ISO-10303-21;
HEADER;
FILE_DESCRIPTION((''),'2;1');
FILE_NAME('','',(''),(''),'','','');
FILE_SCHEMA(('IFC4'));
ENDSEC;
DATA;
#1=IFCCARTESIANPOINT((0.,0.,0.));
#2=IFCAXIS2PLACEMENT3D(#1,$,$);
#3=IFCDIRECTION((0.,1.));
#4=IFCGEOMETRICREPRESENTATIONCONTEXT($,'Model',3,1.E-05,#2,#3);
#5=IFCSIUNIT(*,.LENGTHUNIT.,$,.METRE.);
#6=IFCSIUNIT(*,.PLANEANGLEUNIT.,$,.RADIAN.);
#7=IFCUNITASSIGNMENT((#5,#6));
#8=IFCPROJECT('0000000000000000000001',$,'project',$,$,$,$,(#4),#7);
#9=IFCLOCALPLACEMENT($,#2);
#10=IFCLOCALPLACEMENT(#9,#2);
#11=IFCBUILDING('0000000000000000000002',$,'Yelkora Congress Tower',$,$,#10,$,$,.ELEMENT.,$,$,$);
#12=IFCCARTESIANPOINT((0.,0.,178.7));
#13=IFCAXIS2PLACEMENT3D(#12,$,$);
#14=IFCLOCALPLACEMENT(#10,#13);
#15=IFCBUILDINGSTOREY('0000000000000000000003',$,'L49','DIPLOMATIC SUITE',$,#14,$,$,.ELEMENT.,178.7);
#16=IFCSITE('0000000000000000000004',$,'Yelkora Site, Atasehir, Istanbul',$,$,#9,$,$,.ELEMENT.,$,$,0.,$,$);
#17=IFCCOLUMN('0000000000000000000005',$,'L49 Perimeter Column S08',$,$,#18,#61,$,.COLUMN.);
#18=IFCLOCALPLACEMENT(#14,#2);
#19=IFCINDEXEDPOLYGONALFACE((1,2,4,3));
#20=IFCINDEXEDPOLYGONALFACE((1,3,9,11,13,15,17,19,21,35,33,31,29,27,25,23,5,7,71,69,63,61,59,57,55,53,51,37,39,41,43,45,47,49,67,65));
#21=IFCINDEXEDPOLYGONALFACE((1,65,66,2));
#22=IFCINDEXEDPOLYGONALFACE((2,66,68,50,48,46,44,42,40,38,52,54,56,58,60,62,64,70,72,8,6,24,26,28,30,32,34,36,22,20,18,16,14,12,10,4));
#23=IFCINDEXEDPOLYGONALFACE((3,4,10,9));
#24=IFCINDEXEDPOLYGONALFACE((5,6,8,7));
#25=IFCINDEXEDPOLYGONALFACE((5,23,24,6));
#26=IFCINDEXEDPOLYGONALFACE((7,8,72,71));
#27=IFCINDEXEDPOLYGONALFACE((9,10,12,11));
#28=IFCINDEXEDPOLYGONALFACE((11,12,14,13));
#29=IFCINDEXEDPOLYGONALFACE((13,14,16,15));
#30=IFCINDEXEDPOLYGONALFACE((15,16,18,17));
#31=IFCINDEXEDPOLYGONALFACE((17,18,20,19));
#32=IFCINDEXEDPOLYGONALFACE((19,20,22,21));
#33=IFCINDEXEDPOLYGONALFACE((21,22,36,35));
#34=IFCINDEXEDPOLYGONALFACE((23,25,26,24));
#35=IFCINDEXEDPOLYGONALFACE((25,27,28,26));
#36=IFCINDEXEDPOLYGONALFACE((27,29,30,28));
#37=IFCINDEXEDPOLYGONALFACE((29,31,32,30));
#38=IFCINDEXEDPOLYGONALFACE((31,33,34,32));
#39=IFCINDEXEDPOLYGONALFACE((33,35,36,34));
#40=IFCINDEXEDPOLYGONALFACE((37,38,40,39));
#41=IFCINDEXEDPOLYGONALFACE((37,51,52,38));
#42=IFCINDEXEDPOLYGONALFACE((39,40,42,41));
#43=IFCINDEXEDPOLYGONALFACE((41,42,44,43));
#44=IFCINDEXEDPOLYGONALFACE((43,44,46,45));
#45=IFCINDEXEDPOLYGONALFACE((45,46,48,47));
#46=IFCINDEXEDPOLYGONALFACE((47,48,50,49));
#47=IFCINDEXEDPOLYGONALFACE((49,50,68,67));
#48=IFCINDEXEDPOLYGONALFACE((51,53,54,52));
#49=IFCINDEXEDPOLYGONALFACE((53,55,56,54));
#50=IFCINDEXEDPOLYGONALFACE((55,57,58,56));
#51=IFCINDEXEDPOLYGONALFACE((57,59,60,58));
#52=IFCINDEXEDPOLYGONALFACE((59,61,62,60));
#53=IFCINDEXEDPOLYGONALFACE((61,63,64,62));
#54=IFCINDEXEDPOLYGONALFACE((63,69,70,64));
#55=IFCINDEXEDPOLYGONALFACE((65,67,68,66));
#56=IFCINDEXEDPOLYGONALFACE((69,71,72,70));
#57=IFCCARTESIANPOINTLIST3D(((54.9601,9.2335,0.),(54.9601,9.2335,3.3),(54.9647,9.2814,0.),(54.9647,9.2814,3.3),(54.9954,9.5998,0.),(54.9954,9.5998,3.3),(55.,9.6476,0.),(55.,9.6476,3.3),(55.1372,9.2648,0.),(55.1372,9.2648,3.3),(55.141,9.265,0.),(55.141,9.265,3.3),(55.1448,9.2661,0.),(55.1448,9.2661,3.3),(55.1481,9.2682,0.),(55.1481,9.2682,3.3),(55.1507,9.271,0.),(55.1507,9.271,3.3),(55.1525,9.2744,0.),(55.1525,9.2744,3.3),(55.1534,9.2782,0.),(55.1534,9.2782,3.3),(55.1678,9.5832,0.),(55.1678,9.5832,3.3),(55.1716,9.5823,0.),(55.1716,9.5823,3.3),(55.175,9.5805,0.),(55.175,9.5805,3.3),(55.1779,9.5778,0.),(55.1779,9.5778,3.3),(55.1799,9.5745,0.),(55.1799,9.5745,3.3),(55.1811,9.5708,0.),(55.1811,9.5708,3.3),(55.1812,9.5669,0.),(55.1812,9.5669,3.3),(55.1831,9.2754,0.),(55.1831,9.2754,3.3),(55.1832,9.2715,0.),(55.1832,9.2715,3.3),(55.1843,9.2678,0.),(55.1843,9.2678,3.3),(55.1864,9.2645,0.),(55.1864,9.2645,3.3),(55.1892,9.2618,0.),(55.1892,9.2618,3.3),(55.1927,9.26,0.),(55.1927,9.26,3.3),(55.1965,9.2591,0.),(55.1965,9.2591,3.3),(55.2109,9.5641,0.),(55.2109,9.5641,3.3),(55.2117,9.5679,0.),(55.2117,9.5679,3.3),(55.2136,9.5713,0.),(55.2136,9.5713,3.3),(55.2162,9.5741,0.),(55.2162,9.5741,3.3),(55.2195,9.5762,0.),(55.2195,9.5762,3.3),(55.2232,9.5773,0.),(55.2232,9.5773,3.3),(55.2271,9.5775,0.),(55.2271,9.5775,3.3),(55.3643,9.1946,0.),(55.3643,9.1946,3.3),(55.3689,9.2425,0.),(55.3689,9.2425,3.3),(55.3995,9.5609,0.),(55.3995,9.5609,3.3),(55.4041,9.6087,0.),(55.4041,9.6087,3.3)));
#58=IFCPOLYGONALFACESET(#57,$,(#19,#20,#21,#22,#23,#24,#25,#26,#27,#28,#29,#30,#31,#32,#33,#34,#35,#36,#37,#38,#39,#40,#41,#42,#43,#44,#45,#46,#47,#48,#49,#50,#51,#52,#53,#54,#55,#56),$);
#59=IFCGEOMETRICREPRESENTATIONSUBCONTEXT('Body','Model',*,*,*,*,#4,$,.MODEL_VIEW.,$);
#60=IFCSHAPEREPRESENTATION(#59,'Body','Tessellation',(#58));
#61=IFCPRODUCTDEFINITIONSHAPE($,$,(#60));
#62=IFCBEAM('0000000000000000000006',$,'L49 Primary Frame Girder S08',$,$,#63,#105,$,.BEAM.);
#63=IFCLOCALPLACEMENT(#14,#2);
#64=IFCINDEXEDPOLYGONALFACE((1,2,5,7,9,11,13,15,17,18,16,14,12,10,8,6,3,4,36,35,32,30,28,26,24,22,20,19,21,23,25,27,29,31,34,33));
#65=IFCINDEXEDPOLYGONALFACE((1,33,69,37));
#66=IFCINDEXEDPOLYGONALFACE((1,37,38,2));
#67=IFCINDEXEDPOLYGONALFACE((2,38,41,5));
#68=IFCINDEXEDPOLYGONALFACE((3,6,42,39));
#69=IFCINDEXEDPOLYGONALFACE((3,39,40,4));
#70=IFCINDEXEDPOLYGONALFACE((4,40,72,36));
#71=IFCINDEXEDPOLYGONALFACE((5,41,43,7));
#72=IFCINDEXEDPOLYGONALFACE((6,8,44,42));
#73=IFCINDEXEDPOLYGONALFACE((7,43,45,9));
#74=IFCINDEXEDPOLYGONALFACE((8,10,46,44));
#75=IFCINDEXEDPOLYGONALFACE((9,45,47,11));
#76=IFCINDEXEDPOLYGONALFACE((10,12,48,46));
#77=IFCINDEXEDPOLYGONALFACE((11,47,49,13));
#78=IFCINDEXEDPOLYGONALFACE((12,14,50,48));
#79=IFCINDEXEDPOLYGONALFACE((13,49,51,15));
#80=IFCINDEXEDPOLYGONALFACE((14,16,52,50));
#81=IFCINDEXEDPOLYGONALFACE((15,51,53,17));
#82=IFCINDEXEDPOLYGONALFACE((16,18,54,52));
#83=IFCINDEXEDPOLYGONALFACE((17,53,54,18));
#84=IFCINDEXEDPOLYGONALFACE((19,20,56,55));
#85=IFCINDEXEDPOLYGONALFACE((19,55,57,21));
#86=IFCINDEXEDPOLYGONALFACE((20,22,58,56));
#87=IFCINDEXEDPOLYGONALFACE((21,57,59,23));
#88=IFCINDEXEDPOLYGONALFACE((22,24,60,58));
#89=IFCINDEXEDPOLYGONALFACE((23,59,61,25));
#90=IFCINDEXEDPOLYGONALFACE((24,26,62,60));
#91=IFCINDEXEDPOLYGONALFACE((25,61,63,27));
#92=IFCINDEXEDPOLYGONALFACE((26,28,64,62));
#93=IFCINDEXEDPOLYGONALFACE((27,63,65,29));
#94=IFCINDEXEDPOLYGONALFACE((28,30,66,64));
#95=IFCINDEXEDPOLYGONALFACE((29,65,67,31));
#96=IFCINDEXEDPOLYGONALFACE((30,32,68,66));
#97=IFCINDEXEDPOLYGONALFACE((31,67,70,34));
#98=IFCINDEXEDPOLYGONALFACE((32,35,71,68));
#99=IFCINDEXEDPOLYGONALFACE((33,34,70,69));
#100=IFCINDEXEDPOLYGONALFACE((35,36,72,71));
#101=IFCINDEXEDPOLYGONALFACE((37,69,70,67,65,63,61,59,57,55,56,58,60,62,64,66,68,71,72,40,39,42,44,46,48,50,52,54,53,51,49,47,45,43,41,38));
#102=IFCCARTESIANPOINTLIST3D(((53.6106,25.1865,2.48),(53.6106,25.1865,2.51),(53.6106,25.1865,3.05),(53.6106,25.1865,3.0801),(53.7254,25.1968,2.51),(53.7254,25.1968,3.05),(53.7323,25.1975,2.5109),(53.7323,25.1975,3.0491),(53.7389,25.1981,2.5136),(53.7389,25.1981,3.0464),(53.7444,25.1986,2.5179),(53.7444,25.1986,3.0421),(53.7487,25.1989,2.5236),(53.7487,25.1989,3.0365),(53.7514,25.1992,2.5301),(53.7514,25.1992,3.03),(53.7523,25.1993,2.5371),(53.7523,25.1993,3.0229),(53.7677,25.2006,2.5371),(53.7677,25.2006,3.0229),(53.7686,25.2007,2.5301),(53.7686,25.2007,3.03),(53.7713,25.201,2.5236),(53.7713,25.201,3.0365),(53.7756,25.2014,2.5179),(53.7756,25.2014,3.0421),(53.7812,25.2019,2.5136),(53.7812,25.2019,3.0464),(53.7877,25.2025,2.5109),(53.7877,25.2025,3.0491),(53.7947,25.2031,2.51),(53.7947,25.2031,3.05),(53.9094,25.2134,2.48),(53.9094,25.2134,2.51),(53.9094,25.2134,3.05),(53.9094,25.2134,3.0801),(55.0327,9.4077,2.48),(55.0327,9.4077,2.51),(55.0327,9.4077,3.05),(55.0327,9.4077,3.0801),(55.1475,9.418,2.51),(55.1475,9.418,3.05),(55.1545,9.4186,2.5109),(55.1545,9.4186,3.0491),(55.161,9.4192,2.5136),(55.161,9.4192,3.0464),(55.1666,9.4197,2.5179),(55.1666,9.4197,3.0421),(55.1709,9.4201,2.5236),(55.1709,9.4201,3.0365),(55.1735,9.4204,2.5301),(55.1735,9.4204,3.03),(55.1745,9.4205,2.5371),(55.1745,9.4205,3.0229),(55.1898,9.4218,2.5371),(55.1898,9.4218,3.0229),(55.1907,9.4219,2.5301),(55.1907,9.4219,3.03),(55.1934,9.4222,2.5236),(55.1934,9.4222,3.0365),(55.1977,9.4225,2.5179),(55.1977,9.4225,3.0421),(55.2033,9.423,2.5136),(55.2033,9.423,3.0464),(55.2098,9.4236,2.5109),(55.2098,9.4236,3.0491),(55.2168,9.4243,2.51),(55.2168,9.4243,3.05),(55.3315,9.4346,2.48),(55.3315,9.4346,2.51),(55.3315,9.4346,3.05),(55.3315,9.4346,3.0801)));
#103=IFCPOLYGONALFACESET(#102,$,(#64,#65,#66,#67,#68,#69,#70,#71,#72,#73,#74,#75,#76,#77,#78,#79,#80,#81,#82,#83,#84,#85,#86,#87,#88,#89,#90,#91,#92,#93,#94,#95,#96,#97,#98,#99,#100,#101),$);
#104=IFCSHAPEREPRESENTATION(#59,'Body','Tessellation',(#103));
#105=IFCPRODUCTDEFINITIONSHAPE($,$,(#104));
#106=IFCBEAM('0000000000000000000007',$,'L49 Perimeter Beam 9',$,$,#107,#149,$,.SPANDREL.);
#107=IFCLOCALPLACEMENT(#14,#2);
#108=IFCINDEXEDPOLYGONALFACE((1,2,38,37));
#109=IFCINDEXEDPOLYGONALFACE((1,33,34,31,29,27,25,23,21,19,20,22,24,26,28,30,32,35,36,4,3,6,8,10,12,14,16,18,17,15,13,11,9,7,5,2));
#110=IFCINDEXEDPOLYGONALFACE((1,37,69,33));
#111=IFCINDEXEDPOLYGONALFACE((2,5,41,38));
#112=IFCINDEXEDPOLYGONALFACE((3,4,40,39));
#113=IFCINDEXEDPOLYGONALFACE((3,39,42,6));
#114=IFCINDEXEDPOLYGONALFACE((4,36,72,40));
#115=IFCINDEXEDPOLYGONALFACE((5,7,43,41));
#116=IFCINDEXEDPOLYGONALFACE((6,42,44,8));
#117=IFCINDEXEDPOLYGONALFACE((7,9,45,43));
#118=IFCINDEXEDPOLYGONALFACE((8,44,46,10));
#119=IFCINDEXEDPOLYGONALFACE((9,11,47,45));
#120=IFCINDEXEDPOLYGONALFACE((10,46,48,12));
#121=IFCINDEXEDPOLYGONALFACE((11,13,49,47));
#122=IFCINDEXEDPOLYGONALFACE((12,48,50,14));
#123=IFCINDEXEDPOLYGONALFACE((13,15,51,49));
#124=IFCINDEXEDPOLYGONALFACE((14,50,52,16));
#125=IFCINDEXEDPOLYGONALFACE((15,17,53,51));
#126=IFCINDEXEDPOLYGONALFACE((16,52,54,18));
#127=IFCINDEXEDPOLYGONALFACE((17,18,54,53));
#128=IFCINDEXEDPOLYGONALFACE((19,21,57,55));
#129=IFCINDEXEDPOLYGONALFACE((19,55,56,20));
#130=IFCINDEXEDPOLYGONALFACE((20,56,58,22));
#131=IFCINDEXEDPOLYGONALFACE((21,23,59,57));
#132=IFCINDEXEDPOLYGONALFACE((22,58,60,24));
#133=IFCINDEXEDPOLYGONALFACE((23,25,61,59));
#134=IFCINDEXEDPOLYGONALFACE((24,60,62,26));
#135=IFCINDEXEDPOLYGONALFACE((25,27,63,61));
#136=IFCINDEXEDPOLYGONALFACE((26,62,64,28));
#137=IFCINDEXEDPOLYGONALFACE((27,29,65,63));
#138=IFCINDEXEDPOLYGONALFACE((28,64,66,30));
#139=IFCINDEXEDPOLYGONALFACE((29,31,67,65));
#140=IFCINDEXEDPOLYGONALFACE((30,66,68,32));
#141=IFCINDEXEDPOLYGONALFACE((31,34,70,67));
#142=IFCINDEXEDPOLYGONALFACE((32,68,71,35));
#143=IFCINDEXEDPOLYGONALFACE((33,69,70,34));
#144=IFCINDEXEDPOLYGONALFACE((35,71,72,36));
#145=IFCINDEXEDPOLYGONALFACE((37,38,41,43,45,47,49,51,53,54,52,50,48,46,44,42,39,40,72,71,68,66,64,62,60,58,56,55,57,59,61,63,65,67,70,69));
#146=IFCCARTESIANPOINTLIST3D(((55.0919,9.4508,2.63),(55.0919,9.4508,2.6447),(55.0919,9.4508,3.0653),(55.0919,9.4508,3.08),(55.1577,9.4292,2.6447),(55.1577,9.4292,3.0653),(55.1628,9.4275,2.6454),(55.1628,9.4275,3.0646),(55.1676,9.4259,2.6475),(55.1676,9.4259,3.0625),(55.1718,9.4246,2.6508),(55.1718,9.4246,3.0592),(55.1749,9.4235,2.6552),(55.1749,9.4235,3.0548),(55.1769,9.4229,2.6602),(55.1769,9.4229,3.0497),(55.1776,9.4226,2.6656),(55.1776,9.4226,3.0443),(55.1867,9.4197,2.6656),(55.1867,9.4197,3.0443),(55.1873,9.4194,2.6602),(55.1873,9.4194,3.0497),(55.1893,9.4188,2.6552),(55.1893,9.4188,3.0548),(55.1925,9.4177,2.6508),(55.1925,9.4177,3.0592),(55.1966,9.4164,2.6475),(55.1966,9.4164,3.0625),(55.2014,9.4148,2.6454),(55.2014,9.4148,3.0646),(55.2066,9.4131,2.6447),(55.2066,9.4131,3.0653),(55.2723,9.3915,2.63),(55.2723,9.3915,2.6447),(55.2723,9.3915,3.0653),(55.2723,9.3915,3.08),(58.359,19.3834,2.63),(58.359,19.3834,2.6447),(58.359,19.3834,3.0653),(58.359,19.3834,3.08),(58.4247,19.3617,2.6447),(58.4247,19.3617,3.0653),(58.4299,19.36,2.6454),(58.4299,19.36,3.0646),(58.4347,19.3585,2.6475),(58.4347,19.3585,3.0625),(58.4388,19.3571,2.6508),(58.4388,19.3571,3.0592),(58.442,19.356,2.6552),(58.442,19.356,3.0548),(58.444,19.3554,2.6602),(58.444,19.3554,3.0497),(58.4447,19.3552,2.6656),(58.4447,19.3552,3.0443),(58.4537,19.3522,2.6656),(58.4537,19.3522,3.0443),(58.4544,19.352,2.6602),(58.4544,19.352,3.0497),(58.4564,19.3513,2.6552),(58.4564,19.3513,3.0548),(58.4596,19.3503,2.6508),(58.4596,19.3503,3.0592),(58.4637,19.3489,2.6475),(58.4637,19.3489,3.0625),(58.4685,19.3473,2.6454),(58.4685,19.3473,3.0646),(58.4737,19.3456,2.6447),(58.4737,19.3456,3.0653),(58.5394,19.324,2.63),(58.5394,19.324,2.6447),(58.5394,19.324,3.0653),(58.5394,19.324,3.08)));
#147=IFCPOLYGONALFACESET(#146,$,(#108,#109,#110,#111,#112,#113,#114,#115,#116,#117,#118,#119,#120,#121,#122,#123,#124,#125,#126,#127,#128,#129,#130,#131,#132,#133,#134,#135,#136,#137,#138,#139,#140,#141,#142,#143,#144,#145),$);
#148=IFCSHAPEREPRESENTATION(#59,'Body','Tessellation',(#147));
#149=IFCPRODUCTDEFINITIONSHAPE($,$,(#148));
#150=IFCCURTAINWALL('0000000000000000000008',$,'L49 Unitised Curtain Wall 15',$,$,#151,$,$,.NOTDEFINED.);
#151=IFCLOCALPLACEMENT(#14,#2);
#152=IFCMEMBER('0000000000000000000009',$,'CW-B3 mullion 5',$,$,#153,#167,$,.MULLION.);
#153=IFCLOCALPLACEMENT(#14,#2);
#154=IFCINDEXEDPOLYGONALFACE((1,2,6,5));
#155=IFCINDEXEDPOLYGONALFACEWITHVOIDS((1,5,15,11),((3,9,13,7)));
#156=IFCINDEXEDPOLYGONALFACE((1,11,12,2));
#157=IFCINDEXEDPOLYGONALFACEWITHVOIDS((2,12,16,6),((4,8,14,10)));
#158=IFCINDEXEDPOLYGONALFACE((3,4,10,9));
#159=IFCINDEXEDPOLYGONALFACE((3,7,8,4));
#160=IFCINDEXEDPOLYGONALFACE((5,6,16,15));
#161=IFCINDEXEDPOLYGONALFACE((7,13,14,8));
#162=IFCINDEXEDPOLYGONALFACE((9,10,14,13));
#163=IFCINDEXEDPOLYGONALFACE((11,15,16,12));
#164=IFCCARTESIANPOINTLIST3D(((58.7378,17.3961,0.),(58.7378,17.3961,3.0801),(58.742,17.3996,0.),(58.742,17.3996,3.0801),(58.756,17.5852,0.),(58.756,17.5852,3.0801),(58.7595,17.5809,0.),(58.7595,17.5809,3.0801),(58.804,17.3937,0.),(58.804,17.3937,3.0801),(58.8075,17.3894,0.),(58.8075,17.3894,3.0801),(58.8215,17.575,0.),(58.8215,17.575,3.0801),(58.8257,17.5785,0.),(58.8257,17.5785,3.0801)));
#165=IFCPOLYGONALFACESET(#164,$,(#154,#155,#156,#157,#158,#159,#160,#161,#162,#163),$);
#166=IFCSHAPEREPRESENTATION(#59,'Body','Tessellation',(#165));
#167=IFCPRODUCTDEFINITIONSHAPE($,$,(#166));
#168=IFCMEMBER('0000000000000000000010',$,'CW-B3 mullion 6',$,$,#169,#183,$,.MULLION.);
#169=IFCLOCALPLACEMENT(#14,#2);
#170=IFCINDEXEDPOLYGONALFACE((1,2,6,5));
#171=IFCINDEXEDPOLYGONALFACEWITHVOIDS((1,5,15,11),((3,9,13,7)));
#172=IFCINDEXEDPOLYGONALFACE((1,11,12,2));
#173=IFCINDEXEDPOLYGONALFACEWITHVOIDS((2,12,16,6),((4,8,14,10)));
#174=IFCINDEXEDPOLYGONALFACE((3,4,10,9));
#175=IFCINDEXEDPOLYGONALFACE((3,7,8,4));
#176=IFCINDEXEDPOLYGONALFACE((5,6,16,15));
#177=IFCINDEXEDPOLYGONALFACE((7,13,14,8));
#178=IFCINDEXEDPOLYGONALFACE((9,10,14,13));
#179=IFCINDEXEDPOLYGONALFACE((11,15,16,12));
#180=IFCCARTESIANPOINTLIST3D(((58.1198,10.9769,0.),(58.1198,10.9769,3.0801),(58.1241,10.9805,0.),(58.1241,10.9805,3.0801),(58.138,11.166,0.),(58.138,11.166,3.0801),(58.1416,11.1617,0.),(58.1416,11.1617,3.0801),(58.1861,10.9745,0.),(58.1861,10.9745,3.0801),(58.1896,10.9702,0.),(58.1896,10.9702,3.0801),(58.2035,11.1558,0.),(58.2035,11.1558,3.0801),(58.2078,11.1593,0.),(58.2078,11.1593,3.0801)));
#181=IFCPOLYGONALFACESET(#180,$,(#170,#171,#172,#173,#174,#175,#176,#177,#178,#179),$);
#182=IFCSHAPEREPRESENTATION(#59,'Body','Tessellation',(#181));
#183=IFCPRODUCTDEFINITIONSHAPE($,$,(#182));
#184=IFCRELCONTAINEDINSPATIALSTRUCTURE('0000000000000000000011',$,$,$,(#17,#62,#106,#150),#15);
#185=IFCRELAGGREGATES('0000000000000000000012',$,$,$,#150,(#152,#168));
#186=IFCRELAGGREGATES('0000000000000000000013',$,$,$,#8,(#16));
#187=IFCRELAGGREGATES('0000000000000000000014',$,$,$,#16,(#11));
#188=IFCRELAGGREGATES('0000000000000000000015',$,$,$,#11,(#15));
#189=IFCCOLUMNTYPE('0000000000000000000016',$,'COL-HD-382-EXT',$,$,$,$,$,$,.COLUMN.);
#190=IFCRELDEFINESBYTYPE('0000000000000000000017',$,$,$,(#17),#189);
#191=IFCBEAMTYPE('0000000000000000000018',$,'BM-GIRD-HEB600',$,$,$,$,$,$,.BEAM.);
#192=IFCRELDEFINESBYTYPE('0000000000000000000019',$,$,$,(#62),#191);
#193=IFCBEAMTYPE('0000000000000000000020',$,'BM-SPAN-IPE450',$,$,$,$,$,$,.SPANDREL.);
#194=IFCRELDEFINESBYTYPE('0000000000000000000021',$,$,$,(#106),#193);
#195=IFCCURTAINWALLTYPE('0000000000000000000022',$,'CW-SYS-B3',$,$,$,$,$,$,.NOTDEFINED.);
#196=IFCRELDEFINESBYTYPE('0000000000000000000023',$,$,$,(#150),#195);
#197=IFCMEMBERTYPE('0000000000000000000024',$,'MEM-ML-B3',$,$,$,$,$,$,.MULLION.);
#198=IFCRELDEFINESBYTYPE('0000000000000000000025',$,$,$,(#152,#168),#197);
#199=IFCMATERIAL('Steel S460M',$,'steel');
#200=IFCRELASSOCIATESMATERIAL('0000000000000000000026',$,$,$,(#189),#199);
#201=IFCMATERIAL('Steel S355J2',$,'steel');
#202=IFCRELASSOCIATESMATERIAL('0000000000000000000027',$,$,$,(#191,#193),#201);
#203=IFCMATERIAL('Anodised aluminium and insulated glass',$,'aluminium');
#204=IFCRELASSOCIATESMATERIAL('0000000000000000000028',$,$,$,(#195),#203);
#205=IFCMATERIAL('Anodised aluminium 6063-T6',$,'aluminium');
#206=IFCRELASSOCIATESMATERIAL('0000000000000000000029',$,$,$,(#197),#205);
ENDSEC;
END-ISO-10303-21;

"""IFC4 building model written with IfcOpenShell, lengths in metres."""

from ifc_helpers import new_model, si_unit, direction, frame, origin, origin_2d, place, context, subcontext, project, spatial, hollow_rectangle, i_section, extrude, material, material_profile, profile_set, type_object, element, aggregate, save


model = new_model("IFC4")

# Units and contexts
model_context = context("Model", 3, precision=1e-05, world=origin(), true_north=direction((0.0, 1.0)))
body_context = subcontext(model_context, "Body", "Model", "MODEL_VIEW")
ifc_project = project(units=[si_unit("LENGTHUNIT", "METRE"), si_unit("PLANEANGLEUNIT", "RADIAN")], contexts=[model_context])

# Site, building, storey
site_placement = place(None, origin())
site = spatial("IfcSite", under=ifc_project, at=site_placement, Name="Yelkora Site, Atasehir, Istanbul", CompositionType="ELEMENT", RefElevation=0.0)
building_placement = place(site_placement, origin())
building = spatial("IfcBuilding", under=site, at=building_placement, Name="Yelkora Congress Tower", CompositionType="ELEMENT")
storey_placement = place(building_placement, frame((0.0, 0.0, 178.7)))
storey = spatial("IfcBuildingStorey", under=building, at=storey_placement, Name="L49", Description="DIPLOMATIC SUITE", CompositionType="ELEMENT", Elevation=178.7)

# Column
ifc_material_1 = material(Name="Steel S460M", Category="steel")
ifc_material_profile_1 = material_profile(ifc_material_1, i_section(OverallWidth=0.406, OverallDepth=0.416, WebThickness=0.0298, FlangeThickness=0.0481, FilletRadius=0.0149, at=origin_2d()), Name="HD 400x382")
ifc_profile_set_1 = profile_set([ifc_material_profile_1], Name="Steel S460M")
column_type = type_object("IfcColumnType", Name="COL-HD-382-EXT", PredefinedType="COLUMN", material=ifc_profile_set_1)
column_placement = place(storey_placement, frame((55.1821, 9.4211, 0.0), z_axis=(0.0, 0.0, 1.0), x_axis=(0.995396, -0.095846, 0.0)))
element("IfcColumn", 1, at=column_placement, inside=storey, type_object=column_type, Name="L49 Perimeter Column S08", PredefinedType="COLUMN", context=body_context, shape_type="SweptSolid", body=[
    extrude(i_section(OverallWidth=0.406, OverallDepth=0.416, WebThickness=0.0298, FlangeThickness=0.0481, FilletRadius=0.0149, at=origin_2d()), origin(), (0.0, 0.0, 1.0), 3.3),
])

# Beams
ifc_material_2 = material(Name="Steel S355J2", Category="steel")
ifc_material_profile_2 = material_profile(ifc_material_2, i_section(OverallWidth=0.3, OverallDepth=0.6001, WebThickness=0.0154, FlangeThickness=0.03, FilletRadius=0.0271, at=origin_2d()), Name="HEB 600")
ifc_profile_set_2 = profile_set([ifc_material_profile_2], Name="Steel S355J2")
beam_type_1 = type_object("IfcBeamType", Name="BM-GIRD-HEB600", PredefinedType="BEAM", material=ifc_profile_set_2)
beam_1_placement = place(storey_placement, frame((55.1821, 9.4211, 2.78), z_axis=(-0.089765, 0.995963, 0.0), x_axis=(-0.995963, -0.089765, 0.0)))
element("IfcBeam", 2, at=beam_1_placement, inside=storey, type_object=beam_type_1, Name="L49 Primary Frame Girder S08", PredefinedType="BEAM", context=body_context, shape_type="SweptSolid", body=[
    extrude(i_section(OverallWidth=0.3, OverallDepth=0.6001, WebThickness=0.0154, FlangeThickness=0.03, FilletRadius=0.0271, at=origin_2d()), origin(), (0.0, 0.0, 1.0), 15.8428),
])
ifc_material_profile_3 = material_profile(ifc_material_2, i_section(OverallWidth=0.1899, OverallDepth=0.45, WebThickness=0.0095, FlangeThickness=0.0146, FilletRadius=0.021, at=origin_2d()), Name="IPE 450")
ifc_profile_set_3 = profile_set([ifc_material_profile_3], Name="Steel S355J2")
beam_type_2 = type_object("IfcBeamType", Name="BM-SPAN-IPE450", PredefinedType="SPANDREL", material=ifc_profile_set_3)
beam_2_placement = place(storey_placement, frame((55.1821, 9.4211, 2.855), z_axis=(0.312457, 0.949932, 0.0), x_axis=(-0.949932, 0.312457, 0.0)))
element("IfcBeam", 3, at=beam_2_placement, inside=storey, type_object=beam_type_2, Name="L49 Perimeter Beam 9", PredefinedType="SPANDREL", context=body_context, shape_type="SweptSolid", body=[
    extrude(i_section(OverallWidth=0.1899, OverallDepth=0.45, WebThickness=0.0095, FlangeThickness=0.0146, FilletRadius=0.021, at=origin_2d()), origin(), (0.0, 0.0, 1.0), 10.4561),
])

# Curtain wall, members
ifc_material_3 = material(Name="Anodised aluminium and insulated glass", Category="aluminium")
curtain_wall_type = type_object("IfcCurtainWallType", Name="CW-SYS-B3", PredefinedType="NOTDEFINED", material=ifc_material_3)
curtain_wall_1_placement = place(storey_placement, origin())
curtain_wall_1 = element("IfcCurtainWall", 4, at=curtain_wall_1_placement, inside=storey, type_object=curtain_wall_type, Name="L49 Unitised Curtain Wall 15", PredefinedType="NOTDEFINED")
ifc_material_4 = material(Name="Anodised aluminium 6063-T6", Category="aluminium")
ifc_material_profile_4 = material_profile(ifc_material_4, hollow_rectangle(XDim=0.0701, YDim=0.1899, WallThickness=0.0039, at=origin_2d()), Name="ALU 70x190x4")
ifc_profile_set_4 = profile_set([ifc_material_profile_4], Name="Anodised aluminium 6063-T6")
member_type_1 = type_object("IfcMemberType", Name="MEM-ML-B3", PredefinedType="MULLION", material=ifc_profile_set_4)
member_1_placement = place(storey_placement, frame((58.7817, 17.4873, 0.0), z_axis=(0.0, 0.0, 1.0), x_axis=(0.995397, -0.095842, 0.0)))
member_1 = element("IfcMember", 5, at=member_1_placement, type_object=member_type_1, Name="CW-B3 mullion 5", PredefinedType="MULLION", context=body_context, shape_type="SweptSolid", body=[
    extrude(hollow_rectangle(XDim=0.0701, YDim=0.1899, WallThickness=0.0039, at=origin_2d()), origin(), (0.0, 0.0, 1.0), 3.0801),
])
member_2_placement = place(storey_placement, frame((58.1638, 11.0681, 0.0), z_axis=(0.0, 0.0, 1.0), x_axis=(0.995397, -0.095842, 0.0)))
member_2 = element("IfcMember", 6, at=member_2_placement, type_object=member_type_1, Name="CW-B3 mullion 6", PredefinedType="MULLION", context=body_context, shape_type="SweptSolid", body=[
    extrude(hollow_rectangle(XDim=0.0701, YDim=0.1899, WallThickness=0.0039, at=origin_2d()), origin(), (0.0, 0.0, 1.0), 3.0801),
])

aggregate(curtain_wall_1, [member_1, member_2])

save(model, "model.ifc")
